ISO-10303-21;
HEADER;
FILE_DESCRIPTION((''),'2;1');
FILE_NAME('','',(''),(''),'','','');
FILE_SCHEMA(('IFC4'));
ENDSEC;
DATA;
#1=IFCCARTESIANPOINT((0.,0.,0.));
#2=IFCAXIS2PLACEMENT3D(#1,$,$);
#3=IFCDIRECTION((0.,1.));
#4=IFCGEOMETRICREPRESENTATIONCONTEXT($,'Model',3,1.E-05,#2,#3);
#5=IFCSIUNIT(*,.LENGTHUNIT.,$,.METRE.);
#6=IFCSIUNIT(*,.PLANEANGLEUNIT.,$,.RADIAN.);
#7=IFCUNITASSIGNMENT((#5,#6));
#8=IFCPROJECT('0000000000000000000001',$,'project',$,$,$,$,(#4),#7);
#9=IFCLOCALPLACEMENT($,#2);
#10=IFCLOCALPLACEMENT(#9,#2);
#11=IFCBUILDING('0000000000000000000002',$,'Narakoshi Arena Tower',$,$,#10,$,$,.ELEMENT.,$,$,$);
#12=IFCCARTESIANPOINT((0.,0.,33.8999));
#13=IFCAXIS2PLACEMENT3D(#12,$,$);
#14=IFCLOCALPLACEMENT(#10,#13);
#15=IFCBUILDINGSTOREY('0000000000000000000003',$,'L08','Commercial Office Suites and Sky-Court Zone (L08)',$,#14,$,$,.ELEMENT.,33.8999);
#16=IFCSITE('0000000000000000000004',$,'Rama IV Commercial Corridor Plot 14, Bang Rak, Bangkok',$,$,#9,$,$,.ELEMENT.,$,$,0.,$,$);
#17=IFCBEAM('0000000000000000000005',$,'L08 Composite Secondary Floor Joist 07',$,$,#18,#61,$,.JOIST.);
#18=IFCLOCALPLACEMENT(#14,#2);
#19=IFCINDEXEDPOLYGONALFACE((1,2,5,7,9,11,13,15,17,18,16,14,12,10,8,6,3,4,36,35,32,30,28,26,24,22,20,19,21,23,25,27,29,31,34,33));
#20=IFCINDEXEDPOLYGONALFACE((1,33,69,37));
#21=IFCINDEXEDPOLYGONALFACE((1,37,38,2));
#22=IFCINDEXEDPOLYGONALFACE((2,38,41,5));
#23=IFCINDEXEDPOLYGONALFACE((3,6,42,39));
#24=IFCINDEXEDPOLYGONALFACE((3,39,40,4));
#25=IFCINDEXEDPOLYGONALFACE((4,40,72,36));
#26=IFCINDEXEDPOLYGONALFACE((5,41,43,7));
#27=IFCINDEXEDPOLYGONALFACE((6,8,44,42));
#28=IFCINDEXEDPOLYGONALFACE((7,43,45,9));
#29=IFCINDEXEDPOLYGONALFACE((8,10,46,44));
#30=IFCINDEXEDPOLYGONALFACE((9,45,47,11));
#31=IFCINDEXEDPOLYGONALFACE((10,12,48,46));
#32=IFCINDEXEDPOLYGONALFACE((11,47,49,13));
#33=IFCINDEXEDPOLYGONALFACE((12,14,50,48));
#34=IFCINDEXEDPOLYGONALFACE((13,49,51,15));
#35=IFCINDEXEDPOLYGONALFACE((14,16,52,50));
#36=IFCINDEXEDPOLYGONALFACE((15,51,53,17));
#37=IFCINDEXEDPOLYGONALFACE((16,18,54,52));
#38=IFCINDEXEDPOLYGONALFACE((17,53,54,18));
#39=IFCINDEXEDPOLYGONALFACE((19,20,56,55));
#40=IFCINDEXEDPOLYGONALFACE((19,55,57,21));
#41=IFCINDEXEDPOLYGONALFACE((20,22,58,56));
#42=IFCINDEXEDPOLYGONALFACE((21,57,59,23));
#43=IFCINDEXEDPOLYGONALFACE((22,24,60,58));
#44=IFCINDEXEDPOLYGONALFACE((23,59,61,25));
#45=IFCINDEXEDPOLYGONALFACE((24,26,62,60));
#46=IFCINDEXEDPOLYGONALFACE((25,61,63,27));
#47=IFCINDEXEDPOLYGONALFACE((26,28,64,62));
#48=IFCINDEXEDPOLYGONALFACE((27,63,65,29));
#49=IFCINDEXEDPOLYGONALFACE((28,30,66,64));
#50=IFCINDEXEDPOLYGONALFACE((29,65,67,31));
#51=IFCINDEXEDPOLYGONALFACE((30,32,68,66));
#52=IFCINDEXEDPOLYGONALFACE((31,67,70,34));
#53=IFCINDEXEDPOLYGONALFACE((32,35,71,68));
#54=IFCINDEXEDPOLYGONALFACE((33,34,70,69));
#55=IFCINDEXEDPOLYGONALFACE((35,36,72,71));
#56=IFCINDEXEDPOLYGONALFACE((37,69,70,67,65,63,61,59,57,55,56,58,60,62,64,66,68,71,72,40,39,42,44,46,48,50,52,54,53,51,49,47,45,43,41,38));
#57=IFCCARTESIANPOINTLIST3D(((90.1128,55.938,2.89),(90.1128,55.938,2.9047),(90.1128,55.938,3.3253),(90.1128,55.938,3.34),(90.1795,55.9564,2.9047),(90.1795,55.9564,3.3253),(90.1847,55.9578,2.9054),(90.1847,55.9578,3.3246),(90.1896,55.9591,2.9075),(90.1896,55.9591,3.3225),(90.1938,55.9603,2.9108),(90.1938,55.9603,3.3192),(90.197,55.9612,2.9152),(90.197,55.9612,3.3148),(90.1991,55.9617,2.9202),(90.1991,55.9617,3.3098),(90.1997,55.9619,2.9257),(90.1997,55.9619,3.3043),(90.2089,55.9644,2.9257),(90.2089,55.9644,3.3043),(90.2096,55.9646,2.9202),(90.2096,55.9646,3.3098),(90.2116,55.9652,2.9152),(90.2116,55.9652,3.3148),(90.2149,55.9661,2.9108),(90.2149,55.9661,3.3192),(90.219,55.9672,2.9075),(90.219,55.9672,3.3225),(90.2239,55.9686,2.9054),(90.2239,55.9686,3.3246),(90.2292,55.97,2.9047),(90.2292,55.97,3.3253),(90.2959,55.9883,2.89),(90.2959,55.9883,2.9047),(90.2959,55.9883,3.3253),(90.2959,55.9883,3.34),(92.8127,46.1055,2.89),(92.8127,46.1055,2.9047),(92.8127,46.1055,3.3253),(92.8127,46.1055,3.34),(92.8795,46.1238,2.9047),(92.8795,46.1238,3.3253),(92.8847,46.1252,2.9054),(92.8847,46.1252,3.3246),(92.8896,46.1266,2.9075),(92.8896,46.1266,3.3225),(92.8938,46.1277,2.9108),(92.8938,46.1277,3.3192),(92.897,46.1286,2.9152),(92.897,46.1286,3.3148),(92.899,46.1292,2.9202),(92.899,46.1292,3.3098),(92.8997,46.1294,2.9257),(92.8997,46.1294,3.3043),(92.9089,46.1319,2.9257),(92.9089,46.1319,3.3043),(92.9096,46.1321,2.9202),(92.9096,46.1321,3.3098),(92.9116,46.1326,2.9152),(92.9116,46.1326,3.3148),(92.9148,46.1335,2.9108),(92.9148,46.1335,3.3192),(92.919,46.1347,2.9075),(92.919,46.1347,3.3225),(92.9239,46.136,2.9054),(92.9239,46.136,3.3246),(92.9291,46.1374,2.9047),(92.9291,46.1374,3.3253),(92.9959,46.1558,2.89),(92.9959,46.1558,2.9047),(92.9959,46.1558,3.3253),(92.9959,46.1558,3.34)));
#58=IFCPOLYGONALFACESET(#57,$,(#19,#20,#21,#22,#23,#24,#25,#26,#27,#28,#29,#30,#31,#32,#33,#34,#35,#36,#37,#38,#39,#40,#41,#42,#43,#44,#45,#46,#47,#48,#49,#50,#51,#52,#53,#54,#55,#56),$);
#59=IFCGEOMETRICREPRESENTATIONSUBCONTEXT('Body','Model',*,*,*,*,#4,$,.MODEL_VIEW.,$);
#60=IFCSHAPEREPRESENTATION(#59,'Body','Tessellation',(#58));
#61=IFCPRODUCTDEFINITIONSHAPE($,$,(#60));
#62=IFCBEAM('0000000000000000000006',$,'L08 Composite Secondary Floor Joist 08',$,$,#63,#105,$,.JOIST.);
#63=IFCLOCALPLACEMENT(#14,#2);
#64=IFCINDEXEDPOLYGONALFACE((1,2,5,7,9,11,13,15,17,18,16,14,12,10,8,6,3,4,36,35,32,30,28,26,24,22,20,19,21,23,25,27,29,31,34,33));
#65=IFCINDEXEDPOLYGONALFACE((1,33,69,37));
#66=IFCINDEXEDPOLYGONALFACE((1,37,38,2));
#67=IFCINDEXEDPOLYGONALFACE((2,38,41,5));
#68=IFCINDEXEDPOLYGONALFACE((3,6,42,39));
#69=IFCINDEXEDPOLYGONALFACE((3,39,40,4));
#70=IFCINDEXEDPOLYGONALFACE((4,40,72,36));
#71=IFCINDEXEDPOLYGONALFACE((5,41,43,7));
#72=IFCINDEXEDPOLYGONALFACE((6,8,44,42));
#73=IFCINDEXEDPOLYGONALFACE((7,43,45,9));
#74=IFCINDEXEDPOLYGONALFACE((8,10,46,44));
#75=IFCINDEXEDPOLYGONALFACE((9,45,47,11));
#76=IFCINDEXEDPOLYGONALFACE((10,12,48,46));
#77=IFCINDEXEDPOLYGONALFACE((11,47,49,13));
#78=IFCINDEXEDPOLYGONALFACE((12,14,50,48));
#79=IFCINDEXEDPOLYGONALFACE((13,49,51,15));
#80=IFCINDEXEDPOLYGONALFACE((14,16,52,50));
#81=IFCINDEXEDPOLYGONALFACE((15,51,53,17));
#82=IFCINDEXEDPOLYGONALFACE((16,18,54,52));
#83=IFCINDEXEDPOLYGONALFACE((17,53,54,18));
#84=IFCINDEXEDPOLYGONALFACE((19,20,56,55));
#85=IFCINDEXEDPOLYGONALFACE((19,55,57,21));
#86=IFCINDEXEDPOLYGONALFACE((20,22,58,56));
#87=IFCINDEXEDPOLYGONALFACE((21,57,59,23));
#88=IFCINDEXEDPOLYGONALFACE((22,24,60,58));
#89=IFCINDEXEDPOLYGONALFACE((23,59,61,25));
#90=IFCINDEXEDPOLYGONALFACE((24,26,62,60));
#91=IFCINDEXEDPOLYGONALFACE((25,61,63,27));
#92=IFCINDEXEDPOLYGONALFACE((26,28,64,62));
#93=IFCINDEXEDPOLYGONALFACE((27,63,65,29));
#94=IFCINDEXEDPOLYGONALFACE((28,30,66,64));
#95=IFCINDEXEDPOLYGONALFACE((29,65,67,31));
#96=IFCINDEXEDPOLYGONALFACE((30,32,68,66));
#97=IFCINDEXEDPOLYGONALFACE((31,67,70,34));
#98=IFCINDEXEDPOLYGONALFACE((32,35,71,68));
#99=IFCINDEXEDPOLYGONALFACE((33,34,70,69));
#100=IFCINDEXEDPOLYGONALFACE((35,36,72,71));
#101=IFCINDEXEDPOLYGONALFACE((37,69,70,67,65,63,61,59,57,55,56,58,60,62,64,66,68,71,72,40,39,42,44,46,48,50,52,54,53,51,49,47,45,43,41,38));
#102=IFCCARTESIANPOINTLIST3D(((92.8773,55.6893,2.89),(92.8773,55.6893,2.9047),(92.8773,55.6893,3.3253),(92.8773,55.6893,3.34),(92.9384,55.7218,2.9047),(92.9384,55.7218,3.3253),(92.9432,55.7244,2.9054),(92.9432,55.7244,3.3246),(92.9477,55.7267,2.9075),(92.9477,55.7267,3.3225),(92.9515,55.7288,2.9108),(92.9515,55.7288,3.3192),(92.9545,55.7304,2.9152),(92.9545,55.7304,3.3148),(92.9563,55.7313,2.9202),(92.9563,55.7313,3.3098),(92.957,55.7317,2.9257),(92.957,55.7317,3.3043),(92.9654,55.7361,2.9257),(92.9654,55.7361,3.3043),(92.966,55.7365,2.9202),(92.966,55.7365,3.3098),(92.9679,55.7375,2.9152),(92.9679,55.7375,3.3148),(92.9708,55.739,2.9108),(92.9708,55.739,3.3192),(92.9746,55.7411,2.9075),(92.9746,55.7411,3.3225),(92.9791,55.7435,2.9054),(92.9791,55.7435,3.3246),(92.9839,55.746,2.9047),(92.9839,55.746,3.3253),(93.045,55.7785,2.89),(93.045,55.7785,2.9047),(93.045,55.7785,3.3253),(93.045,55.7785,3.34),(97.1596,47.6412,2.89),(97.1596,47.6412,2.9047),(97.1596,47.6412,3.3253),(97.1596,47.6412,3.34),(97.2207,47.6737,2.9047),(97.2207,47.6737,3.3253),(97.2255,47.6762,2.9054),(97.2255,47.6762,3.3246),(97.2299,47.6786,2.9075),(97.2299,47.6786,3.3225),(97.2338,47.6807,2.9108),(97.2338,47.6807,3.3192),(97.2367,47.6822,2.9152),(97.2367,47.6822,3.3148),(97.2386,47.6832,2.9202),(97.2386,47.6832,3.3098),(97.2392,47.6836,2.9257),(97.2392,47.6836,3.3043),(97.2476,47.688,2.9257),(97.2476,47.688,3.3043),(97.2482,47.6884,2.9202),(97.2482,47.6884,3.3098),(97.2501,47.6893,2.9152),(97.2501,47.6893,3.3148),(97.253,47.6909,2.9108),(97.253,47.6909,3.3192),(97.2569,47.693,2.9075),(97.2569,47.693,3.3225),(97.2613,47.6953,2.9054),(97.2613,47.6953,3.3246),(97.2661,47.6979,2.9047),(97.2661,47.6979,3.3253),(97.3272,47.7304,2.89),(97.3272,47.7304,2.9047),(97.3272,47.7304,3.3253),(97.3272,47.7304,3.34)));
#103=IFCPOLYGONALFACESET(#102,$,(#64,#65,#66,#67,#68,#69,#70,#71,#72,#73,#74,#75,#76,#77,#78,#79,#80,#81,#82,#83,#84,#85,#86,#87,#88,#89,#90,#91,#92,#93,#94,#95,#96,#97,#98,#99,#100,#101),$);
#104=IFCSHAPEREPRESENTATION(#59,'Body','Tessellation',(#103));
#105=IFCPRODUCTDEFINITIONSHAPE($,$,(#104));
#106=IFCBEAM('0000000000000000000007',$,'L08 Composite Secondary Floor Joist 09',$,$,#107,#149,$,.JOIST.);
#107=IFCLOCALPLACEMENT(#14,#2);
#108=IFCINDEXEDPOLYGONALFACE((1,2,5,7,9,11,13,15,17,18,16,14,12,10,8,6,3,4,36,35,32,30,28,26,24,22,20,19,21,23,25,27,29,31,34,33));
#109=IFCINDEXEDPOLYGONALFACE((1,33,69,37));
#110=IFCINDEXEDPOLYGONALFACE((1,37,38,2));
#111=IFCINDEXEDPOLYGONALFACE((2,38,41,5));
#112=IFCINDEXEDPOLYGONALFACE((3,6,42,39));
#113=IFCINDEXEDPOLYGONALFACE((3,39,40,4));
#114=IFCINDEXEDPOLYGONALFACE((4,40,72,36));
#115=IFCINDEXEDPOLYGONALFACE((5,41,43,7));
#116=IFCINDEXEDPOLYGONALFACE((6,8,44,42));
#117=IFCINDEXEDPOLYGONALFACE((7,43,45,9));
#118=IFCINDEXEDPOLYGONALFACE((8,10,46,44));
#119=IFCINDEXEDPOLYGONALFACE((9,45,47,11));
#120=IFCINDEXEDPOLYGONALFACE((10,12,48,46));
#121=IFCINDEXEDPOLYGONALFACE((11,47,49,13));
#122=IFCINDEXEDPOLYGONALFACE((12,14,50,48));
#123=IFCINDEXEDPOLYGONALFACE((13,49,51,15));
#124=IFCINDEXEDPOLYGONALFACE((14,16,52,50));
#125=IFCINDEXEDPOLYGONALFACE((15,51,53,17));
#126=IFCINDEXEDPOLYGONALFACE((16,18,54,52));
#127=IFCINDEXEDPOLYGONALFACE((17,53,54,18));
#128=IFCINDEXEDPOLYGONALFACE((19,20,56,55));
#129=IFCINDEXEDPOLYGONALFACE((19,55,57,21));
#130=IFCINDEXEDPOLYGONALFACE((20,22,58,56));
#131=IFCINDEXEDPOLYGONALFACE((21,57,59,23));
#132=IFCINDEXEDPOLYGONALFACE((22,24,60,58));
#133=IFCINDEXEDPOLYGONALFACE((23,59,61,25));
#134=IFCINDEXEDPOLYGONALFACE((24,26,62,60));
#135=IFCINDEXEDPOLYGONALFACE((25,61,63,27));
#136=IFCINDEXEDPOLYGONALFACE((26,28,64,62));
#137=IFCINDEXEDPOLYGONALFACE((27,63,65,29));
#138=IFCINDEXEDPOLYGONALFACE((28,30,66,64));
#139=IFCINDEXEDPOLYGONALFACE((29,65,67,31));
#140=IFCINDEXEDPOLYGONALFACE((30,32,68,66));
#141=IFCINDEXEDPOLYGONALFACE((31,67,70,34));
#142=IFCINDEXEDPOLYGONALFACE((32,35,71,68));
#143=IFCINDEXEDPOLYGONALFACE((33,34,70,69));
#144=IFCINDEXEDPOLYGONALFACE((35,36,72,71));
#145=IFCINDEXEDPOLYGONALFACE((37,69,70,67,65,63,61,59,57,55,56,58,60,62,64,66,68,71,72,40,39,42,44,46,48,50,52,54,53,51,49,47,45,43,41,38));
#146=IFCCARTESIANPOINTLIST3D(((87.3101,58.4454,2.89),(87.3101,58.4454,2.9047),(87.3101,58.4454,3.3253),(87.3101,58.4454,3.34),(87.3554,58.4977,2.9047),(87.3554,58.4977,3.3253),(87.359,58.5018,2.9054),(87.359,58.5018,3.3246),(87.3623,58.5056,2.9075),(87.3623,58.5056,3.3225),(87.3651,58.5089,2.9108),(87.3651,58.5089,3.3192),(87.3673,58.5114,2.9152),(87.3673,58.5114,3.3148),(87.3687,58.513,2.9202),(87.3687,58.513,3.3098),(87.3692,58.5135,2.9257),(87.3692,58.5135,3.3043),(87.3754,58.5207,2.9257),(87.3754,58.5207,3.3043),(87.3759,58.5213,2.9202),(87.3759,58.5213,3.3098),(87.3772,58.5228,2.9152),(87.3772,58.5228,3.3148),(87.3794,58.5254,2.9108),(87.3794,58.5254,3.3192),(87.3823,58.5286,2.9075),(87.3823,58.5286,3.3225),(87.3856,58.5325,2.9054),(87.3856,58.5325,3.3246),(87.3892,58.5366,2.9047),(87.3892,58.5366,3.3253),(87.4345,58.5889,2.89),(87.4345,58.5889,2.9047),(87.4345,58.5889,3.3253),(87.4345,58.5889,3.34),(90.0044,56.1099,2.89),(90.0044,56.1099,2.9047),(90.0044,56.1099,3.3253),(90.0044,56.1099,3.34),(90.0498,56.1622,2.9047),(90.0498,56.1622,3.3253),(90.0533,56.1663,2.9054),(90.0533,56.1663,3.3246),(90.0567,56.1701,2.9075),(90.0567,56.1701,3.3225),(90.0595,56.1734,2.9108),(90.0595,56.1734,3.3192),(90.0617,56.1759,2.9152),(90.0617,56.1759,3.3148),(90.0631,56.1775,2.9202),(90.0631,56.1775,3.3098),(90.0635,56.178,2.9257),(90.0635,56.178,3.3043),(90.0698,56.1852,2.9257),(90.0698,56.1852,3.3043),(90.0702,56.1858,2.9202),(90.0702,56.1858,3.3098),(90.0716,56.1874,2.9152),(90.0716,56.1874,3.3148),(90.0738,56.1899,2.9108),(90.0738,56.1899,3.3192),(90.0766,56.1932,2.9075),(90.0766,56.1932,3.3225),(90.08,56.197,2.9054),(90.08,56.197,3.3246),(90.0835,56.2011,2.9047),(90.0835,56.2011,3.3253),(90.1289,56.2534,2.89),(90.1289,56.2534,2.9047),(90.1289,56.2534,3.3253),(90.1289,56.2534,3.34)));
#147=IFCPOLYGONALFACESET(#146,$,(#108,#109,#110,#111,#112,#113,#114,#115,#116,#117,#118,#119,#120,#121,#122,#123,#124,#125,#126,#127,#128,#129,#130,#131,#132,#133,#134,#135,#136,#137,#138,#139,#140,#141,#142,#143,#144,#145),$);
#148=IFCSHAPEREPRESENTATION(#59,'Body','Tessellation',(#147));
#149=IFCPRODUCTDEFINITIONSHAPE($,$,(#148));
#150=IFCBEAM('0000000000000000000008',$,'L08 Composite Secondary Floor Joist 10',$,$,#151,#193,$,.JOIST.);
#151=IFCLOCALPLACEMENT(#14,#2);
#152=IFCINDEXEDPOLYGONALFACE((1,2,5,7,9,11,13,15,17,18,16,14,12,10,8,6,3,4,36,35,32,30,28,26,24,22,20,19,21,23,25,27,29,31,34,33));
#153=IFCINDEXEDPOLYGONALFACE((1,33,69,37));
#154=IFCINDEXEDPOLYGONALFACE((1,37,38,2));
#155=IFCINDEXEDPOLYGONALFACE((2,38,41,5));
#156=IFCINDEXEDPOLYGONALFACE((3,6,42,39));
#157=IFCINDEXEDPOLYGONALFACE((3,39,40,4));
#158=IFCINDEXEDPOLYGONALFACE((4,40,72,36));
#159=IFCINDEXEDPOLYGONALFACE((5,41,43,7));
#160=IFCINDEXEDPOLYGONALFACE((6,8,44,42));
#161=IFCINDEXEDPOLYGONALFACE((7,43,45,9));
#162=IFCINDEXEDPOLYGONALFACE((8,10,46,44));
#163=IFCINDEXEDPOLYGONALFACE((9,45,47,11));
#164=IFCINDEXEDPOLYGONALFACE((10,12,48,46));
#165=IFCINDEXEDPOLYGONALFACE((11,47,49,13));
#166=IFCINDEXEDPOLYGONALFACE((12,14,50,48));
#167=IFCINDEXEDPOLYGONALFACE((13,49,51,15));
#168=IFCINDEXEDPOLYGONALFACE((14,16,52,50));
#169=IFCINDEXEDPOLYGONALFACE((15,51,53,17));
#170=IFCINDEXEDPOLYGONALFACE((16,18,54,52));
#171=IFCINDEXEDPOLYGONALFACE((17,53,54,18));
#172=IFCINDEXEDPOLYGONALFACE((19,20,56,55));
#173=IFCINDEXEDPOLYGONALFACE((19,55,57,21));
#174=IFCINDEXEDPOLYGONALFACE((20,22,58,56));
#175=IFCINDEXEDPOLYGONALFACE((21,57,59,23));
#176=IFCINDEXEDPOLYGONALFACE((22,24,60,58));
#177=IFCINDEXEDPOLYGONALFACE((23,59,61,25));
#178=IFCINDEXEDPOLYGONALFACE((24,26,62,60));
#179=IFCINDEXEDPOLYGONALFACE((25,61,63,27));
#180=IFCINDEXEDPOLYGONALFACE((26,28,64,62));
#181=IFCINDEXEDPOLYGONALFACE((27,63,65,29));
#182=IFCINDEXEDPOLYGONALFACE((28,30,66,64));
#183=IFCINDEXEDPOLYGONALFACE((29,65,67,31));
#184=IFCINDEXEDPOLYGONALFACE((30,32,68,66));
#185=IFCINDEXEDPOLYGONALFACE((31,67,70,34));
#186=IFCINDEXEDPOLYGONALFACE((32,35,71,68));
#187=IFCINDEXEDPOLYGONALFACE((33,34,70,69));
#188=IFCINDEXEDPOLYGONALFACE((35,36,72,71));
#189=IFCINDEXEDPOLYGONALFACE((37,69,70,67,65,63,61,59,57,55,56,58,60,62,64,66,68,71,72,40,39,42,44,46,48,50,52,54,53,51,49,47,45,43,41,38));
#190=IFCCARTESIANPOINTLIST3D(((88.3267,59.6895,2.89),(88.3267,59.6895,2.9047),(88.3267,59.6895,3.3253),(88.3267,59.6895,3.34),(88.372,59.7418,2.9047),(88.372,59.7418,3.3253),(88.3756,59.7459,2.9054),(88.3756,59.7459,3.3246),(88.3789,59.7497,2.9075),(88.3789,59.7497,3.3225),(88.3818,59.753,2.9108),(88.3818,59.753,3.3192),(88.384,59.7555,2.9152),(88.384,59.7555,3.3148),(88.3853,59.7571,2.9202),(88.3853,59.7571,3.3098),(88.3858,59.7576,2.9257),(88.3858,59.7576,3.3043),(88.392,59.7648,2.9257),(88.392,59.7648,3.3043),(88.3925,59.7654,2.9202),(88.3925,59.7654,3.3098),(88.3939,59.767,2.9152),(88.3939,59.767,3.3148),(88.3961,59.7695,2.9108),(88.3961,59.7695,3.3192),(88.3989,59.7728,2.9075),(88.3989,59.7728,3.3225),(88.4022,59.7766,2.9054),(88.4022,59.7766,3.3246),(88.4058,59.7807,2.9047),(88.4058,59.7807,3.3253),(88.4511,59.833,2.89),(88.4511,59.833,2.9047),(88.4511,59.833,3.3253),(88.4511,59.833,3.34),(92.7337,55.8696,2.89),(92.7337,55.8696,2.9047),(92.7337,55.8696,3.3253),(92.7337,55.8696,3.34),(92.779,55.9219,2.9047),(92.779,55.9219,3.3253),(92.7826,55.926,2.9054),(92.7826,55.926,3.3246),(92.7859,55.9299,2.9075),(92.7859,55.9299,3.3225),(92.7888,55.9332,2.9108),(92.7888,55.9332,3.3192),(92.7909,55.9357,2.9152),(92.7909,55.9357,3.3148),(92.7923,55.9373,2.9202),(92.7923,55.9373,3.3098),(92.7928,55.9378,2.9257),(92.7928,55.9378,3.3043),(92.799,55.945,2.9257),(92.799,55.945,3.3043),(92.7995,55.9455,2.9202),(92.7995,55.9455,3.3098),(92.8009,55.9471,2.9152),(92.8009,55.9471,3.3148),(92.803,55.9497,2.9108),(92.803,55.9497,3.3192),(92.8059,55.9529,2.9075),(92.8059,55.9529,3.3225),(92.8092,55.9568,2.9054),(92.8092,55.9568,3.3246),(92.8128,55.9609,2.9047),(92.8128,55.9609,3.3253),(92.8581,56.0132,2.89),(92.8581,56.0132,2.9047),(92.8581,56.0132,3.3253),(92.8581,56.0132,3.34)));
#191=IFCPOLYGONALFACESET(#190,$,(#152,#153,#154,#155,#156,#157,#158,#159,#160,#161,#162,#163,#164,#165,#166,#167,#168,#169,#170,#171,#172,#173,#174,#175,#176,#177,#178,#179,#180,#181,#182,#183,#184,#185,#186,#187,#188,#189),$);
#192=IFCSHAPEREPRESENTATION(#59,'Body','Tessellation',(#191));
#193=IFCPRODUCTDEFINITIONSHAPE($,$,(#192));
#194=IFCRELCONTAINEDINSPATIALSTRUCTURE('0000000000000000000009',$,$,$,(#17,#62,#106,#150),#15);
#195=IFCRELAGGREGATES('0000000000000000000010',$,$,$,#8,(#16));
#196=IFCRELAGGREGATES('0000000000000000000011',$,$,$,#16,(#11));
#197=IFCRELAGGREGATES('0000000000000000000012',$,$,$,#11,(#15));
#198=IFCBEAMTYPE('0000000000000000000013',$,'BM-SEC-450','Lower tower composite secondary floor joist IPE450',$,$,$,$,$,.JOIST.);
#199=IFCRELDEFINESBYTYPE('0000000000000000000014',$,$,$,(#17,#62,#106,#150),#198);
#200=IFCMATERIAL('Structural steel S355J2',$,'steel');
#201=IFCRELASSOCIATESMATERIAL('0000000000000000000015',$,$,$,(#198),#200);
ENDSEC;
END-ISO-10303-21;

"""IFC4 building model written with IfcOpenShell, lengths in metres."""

from ifc_helpers import new_model, si_unit, direction, frame, origin, origin_2d, place, context, subcontext, project, spatial, i_section, extrude, material, material_profile, profile_set, type_object, element, save


model = new_model("IFC4")

# Units and contexts
model_context = context("Model", 3, precision=1e-05, world=origin(), true_north=direction((0.0, 1.0)))
body_context = subcontext(model_context, "Body", "Model", "MODEL_VIEW")
ifc_project = project(units=[si_unit("LENGTHUNIT", "METRE"), si_unit("PLANEANGLEUNIT", "RADIAN")], contexts=[model_context])

# Site, building, storey
site_placement = place(None, origin())
site = spatial("IfcSite", under=ifc_project, at=site_placement, Name="Rama IV Commercial Corridor Plot 14, Bang Rak, Bangkok", CompositionType="ELEMENT", RefElevation=0.0)
building_placement = place(site_placement, origin())
building = spatial("IfcBuilding", under=site, at=building_placement, Name="Narakoshi Arena Tower", CompositionType="ELEMENT")
storey_placement = place(building_placement, frame((0.0, 0.0, 33.8999)))
storey = spatial("IfcBuildingStorey", under=building, at=storey_placement, Name="L08", Description="Commercial Office Suites and Sky-Court Zone (L08)", CompositionType="ELEMENT", Elevation=33.8999)

# Beams
ifc_material_1 = material(Name="Structural steel S355J2", Category="steel")
ifc_material_profile_1 = material_profile(ifc_material_1, i_section(OverallWidth=0.1899, OverallDepth=0.45, WebThickness=0.0095, FlangeThickness=0.0146, FilletRadius=0.021, at=origin_2d()), Name="IPE450")
ifc_profile_set_1 = profile_set([ifc_material_profile_1], Name="Structural steel S355J2")
beam_type_1 = type_object("IfcBeamType", Name="BM-SEC-450", Description="Lower tower composite secondary floor joist IPE450", PredefinedType="JOIST", material=ifc_profile_set_1)
beam_1_placement = place(storey_placement, frame((92.9043, 46.1306, 3.115), z_axis=(-0.264793, 0.964305, 0.0), x_axis=(-0.964305, -0.264793, 0.0)))
element("IfcBeam", 1, at=beam_1_placement, inside=storey, type_object=beam_type_1, Name="L08 Composite Secondary Floor Joist 07", PredefinedType="JOIST", context=body_context, shape_type="SweptSolid", body=[
    extrude(i_section(OverallWidth=0.1899, OverallDepth=0.45, WebThickness=0.0095, FlangeThickness=0.0146, FilletRadius=0.021, at=origin_2d()), origin(), (0.0, 0.0, 1.0), 10.1965),
])
beam_2_placement = place(storey_placement, frame((97.2434, 47.6858, 3.115), z_axis=(-0.469726, 0.882812, 0.0), x_axis=(-0.882812, -0.469726, 0.0)))
element("IfcBeam", 2, at=beam_2_placement, inside=storey, type_object=beam_type_1, Name="L08 Composite Secondary Floor Joist 08", PredefinedType="JOIST", context=body_context, shape_type="SweptSolid", body=[
    extrude(i_section(OverallWidth=0.1899, OverallDepth=0.45, WebThickness=0.0095, FlangeThickness=0.0146, FilletRadius=0.021, at=origin_2d()), origin(), (0.0, 0.0, 1.0), 9.1165),
])
beam_3_placement = place(storey_placement, frame((90.0667, 56.1816, 3.115), z_axis=(-0.755639, 0.654988, 0.0), x_axis=(-0.654988, -0.755639, 0.0)))
element("IfcBeam", 3, at=beam_3_placement, inside=storey, type_object=beam_type_1, Name="L08 Composite Secondary Floor Joist 09", PredefinedType="JOIST", context=body_context, shape_type="SweptSolid", body=[
    extrude(i_section(OverallWidth=0.1899, OverallDepth=0.45, WebThickness=0.0095, FlangeThickness=0.0146, FilletRadius=0.021, at=origin_2d()), origin(), (0.0, 0.0, 1.0), 3.5657),
])
beam_4_placement = place(storey_placement, frame((92.7959, 55.9414, 3.115), z_axis=(-0.755652, 0.654974, 0.0), x_axis=(-0.654974, -0.755652, 0.0)))
element("IfcBeam", 4, at=beam_4_placement, inside=storey, type_object=beam_type_1, Name="L08 Composite Secondary Floor Joist 10", PredefinedType="JOIST", context=body_context, shape_type="SweptSolid", body=[
    extrude(i_section(OverallWidth=0.1899, OverallDepth=0.45, WebThickness=0.0095, FlangeThickness=0.0146, FilletRadius=0.021, at=origin_2d()), origin(), (0.0, 0.0, 1.0), 5.832),
])

save(model, "model.ifc")
